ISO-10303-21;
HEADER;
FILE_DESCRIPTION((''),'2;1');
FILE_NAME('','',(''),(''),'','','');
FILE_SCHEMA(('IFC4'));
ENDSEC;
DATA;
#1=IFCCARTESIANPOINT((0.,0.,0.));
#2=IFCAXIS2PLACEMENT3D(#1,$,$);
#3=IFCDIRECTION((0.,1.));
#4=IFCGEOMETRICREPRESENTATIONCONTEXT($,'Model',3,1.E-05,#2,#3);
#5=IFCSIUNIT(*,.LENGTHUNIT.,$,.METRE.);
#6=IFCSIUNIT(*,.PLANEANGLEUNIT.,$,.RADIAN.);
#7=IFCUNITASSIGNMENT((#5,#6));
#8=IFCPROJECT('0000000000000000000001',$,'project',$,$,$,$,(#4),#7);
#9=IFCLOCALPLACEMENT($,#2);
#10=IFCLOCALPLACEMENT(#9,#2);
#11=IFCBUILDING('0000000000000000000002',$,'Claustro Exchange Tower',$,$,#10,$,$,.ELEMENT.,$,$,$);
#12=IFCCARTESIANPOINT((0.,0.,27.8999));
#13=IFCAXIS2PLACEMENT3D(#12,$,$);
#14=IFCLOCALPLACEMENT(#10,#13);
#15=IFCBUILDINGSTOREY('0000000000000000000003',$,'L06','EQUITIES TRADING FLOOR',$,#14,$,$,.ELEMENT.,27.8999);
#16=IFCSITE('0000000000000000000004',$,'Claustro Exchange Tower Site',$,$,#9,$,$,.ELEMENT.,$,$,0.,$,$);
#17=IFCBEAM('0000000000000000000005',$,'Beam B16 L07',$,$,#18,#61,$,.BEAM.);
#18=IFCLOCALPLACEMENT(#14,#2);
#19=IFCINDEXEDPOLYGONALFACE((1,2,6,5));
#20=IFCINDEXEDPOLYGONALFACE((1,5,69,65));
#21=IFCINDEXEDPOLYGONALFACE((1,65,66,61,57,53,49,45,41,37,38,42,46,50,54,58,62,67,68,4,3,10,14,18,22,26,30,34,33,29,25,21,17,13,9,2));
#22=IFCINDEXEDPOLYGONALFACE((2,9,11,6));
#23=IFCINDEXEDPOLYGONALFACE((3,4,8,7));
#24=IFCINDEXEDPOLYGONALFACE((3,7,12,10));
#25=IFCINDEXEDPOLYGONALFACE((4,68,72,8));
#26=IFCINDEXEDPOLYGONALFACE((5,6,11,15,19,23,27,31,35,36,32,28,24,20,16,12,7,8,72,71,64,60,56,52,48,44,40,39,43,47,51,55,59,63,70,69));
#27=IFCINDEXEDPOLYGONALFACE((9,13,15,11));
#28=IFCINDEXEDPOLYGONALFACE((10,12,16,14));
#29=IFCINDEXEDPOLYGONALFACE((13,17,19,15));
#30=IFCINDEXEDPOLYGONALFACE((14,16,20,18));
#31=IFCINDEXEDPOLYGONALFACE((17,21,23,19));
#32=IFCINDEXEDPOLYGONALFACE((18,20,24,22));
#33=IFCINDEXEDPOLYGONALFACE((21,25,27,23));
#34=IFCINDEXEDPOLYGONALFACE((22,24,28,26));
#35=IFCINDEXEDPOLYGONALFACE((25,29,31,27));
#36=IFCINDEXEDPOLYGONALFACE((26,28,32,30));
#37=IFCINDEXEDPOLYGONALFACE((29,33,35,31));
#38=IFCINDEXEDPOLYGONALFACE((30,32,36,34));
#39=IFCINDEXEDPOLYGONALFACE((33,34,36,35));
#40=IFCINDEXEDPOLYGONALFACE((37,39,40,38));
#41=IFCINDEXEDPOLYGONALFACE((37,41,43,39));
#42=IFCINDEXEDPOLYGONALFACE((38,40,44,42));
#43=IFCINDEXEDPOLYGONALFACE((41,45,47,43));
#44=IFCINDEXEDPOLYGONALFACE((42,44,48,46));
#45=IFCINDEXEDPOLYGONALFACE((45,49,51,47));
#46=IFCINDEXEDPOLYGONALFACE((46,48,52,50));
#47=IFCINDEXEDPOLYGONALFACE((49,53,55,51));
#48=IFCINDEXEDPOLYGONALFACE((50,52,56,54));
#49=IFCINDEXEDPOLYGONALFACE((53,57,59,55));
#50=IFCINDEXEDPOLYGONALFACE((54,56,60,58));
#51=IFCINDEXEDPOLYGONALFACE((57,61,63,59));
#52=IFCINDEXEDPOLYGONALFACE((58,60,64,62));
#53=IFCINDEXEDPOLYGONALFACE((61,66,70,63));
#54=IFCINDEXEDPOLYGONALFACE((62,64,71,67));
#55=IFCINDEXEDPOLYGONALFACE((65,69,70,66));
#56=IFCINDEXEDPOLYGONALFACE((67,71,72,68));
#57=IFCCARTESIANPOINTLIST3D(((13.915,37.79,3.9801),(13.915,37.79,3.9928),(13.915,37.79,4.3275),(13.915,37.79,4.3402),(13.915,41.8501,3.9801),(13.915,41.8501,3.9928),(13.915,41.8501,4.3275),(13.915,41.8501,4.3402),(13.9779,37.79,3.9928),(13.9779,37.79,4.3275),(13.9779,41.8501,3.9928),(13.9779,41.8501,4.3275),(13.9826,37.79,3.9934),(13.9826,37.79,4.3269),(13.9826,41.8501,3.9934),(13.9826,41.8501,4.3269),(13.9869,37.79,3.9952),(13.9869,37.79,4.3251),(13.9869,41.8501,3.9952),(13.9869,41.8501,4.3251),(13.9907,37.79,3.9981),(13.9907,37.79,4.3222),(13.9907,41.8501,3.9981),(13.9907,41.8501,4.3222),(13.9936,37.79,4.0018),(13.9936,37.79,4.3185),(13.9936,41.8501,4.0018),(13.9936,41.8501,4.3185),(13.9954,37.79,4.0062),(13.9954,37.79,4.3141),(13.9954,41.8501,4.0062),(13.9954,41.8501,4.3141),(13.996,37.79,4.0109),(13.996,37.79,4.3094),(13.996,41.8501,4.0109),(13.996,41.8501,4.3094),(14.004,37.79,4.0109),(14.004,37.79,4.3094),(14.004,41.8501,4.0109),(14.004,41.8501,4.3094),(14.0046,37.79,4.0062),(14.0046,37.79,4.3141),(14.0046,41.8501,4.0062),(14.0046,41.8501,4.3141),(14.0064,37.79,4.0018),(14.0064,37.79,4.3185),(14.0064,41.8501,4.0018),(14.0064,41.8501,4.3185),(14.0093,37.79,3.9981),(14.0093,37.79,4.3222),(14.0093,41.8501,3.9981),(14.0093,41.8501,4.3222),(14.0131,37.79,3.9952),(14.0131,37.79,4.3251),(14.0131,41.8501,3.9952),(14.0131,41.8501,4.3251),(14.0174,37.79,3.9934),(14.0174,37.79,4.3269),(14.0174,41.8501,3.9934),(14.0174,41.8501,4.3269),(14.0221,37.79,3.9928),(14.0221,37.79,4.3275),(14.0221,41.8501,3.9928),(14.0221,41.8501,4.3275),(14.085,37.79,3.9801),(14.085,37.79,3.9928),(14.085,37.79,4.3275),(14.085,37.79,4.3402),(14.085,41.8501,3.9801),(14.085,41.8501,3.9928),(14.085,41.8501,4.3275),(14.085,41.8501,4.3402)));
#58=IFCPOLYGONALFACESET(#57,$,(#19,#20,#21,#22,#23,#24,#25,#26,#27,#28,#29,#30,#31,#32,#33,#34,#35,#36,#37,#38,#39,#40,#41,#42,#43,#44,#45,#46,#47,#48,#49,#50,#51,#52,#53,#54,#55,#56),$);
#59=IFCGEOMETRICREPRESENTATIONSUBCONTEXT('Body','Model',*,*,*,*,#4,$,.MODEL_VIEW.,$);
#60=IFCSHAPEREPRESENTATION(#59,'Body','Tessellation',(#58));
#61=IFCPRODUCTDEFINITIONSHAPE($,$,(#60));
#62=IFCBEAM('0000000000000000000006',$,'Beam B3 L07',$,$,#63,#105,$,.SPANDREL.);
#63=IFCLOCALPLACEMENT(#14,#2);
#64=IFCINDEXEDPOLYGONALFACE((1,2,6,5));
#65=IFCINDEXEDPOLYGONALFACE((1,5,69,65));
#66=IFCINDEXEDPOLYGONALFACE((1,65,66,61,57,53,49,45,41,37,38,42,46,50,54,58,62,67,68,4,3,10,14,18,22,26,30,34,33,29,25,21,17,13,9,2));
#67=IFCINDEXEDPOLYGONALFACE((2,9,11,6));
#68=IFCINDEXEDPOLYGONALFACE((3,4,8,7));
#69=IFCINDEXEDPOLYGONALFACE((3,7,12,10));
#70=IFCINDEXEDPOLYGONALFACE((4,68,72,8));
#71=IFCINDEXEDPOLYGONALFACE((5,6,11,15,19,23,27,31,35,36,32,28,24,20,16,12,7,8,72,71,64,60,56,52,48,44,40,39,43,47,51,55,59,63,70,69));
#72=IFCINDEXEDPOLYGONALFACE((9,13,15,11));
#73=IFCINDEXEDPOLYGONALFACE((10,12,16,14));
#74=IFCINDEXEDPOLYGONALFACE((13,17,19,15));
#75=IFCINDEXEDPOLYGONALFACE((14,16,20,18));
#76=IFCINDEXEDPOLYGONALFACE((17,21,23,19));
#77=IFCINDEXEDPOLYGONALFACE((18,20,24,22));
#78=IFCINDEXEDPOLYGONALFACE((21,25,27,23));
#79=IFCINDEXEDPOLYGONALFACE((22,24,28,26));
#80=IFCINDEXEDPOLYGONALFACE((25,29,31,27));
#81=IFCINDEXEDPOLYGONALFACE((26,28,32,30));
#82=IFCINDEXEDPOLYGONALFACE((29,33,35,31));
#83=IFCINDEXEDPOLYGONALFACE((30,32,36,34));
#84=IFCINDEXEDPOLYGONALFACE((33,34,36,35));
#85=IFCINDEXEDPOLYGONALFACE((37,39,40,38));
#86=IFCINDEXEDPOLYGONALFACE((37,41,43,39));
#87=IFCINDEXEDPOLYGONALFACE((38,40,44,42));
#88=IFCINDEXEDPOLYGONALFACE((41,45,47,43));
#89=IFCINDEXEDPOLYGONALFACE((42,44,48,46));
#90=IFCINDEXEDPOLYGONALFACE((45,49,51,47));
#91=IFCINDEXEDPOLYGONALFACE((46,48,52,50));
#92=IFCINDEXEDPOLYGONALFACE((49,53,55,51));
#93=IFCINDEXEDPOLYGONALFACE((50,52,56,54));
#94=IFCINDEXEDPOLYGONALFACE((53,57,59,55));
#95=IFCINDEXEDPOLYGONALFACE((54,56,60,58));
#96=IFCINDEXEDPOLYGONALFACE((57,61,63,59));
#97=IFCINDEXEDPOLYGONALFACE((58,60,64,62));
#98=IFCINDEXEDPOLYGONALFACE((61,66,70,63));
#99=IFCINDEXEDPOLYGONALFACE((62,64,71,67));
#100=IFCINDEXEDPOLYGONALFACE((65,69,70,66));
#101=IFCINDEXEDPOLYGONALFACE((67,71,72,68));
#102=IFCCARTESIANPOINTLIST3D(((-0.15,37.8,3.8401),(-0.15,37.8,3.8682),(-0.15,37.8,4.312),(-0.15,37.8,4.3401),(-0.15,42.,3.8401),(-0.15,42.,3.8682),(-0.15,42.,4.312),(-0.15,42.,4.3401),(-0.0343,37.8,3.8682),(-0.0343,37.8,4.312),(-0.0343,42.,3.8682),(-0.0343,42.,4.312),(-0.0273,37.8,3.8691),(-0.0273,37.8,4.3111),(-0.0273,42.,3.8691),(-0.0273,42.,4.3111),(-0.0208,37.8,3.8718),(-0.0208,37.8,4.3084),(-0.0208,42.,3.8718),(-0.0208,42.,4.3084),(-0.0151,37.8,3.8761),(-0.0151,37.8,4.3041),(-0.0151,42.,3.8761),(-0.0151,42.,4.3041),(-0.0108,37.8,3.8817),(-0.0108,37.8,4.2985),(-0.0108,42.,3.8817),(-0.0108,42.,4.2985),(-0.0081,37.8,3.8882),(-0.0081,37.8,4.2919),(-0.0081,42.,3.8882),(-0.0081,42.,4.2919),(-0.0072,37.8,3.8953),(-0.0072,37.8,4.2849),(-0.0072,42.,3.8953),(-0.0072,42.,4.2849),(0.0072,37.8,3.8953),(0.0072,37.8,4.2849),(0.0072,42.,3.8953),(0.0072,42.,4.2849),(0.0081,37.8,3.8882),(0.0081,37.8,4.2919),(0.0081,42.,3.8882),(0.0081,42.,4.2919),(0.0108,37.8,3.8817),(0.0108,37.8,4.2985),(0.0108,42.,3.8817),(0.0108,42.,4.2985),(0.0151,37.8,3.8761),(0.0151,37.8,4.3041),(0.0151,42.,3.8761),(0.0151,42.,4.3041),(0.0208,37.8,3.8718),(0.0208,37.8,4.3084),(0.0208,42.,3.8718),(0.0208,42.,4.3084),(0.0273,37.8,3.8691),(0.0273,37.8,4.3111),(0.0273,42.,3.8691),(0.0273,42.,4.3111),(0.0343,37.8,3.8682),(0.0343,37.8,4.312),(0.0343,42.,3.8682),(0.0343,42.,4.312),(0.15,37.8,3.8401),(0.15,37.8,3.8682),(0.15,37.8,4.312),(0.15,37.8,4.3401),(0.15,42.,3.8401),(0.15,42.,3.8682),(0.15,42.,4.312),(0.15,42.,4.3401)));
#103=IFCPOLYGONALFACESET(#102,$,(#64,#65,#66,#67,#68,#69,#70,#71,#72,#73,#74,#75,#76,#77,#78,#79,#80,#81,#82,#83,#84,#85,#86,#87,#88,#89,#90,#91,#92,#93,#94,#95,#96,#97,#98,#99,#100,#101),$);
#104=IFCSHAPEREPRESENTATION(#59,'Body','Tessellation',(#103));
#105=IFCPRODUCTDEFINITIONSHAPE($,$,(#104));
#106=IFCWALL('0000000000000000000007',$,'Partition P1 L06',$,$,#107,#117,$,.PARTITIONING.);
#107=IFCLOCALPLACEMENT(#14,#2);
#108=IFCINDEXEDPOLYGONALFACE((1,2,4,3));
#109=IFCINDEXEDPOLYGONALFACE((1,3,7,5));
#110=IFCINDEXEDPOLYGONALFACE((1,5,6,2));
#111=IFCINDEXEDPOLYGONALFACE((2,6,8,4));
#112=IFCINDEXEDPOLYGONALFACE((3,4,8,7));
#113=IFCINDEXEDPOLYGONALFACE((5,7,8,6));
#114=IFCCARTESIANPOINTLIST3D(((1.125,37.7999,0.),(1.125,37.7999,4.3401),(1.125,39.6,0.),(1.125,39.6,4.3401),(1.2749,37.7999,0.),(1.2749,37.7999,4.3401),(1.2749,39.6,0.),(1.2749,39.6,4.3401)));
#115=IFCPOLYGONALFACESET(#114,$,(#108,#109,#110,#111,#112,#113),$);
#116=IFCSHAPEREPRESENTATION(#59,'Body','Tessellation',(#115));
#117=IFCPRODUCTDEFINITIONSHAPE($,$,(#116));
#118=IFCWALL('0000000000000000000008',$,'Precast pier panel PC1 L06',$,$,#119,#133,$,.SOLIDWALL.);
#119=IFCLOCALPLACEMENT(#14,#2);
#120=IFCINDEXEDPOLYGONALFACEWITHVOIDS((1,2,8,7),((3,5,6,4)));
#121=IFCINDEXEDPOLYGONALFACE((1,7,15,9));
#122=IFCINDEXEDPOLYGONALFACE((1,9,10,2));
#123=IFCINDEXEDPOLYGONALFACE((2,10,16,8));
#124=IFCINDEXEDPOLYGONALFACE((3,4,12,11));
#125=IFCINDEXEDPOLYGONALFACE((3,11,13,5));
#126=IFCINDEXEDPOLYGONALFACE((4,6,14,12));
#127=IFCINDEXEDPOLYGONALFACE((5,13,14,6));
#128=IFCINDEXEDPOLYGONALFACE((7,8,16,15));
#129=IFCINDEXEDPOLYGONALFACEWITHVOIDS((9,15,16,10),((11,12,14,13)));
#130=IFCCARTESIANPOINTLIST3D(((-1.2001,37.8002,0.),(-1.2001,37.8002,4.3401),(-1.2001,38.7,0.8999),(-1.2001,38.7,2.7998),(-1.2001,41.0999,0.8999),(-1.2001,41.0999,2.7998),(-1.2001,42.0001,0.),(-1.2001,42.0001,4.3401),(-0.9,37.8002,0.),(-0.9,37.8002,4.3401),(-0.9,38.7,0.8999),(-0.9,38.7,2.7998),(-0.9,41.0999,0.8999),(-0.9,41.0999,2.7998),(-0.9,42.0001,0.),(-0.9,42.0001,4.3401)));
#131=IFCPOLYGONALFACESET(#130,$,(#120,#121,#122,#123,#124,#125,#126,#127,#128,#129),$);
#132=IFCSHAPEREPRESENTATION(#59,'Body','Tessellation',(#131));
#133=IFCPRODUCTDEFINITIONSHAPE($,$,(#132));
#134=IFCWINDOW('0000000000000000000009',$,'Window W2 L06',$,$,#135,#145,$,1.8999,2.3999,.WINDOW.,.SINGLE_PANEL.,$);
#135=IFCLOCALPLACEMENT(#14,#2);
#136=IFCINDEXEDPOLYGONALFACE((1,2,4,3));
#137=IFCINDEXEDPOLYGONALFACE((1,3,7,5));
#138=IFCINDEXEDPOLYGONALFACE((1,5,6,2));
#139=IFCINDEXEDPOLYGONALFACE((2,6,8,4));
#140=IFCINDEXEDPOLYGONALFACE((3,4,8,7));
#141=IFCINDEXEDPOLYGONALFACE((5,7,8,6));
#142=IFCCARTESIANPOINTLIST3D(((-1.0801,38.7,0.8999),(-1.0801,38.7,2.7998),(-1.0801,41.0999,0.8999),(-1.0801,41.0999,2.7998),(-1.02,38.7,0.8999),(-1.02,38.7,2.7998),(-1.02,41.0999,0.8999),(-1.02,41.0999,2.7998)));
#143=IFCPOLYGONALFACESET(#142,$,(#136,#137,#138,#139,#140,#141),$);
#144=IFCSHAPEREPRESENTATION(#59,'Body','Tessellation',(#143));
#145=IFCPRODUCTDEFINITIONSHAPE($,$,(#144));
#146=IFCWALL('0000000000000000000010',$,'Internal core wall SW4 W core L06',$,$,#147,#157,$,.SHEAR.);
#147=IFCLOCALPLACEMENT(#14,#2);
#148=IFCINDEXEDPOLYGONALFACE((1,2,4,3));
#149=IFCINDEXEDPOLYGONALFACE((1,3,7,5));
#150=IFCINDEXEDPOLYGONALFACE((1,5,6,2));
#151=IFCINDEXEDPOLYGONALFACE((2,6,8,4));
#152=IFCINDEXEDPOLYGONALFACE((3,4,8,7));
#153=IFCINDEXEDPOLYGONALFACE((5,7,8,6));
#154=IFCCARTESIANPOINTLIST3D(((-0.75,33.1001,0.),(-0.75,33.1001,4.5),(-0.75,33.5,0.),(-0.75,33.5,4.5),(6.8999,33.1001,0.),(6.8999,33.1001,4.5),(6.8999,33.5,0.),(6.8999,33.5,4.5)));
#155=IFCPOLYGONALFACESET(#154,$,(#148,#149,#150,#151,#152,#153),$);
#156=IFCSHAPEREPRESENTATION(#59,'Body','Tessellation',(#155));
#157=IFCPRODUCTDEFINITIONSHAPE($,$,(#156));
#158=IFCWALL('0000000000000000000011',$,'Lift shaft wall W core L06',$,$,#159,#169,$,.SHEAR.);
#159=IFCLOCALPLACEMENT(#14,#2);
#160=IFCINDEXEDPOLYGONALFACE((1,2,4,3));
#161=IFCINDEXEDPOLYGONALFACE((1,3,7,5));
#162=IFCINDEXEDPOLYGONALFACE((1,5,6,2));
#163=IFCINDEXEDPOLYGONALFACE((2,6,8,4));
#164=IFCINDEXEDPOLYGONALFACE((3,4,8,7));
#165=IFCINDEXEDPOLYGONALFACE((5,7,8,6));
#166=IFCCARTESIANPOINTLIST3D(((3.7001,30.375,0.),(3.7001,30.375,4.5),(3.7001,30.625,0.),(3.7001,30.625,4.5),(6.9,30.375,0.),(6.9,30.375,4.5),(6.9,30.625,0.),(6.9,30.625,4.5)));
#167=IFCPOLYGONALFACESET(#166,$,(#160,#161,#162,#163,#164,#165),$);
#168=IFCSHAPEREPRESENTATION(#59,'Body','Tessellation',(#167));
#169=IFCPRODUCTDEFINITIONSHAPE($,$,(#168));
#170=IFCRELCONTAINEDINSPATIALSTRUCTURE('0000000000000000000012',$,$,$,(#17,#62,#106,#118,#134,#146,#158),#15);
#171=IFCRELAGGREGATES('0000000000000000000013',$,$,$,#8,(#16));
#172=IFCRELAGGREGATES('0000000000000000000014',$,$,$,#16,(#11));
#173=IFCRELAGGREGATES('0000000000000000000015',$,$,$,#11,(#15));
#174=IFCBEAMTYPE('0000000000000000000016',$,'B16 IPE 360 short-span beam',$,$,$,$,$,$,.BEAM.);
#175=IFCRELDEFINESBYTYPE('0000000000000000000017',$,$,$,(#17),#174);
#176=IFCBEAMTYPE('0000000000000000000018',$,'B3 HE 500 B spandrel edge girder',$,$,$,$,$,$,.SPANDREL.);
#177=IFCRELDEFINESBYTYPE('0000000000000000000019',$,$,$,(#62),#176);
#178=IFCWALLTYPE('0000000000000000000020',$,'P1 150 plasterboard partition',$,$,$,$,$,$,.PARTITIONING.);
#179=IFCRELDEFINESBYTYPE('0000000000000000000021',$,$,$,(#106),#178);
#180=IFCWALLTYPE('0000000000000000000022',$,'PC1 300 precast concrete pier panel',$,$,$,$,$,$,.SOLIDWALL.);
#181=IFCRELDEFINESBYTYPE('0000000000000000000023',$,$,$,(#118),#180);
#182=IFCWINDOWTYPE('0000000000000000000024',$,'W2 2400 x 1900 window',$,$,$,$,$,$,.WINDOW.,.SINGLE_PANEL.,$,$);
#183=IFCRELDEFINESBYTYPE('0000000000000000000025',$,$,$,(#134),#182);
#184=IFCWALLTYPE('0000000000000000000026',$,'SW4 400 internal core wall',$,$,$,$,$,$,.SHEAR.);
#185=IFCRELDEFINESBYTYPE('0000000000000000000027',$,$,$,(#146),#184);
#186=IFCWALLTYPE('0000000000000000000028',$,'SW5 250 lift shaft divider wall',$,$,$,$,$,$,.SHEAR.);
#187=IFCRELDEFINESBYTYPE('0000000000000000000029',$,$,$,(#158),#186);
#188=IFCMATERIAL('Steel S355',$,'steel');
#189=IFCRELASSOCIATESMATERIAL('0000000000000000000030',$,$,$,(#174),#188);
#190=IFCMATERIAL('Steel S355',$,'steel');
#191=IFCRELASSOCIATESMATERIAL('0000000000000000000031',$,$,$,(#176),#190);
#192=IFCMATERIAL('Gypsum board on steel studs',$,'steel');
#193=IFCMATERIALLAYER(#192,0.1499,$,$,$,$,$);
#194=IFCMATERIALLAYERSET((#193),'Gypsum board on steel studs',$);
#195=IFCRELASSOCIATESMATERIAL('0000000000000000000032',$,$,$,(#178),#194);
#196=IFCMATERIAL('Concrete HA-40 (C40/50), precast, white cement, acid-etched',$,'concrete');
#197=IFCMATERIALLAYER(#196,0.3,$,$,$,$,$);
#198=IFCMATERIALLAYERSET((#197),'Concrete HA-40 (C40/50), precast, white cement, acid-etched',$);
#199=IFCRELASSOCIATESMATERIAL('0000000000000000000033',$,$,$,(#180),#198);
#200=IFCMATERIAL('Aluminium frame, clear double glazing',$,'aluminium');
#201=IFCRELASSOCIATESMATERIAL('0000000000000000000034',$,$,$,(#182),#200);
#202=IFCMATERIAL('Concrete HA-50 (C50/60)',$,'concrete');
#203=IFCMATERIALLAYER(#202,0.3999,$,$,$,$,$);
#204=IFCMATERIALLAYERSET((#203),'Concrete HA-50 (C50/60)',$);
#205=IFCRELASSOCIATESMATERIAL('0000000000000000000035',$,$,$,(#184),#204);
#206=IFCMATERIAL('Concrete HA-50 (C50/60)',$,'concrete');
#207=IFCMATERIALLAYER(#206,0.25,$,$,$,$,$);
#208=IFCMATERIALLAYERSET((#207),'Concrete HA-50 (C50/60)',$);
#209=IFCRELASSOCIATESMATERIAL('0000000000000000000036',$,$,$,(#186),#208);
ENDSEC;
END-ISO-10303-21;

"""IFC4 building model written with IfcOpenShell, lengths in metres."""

from ifc_helpers import new_model, si_unit, direction, frame, frame_2d, origin, origin_2d, place, context, subcontext, project, spatial, rectangle, i_section, extrude, material, layer, layer_set, material_profile, profile_set, type_object, element, fill, save


model = new_model("IFC4")

# Units and contexts
model_context = context("Model", 3, precision=1e-05, world=origin(), true_north=direction((0.0, 1.0)))
body_context = subcontext(model_context, "Body", "Model", "MODEL_VIEW")
ifc_project = project(units=[si_unit("LENGTHUNIT", "METRE"), si_unit("PLANEANGLEUNIT", "RADIAN")], contexts=[model_context])

# Site, building, storey
site_placement = place(None, origin())
site = spatial("IfcSite", under=ifc_project, at=site_placement, Name="Claustro Exchange Tower Site", CompositionType="ELEMENT", RefElevation=0.0)
building_placement = place(site_placement, origin())
building = spatial("IfcBuilding", under=site, at=building_placement, Name="Claustro Exchange Tower", CompositionType="ELEMENT")
storey_placement = place(building_placement, frame((0.0, 0.0, 27.8999)))
storey = spatial("IfcBuildingStorey", under=building, at=storey_placement, Name="L06", Description="EQUITIES TRADING FLOOR", CompositionType="ELEMENT", Elevation=27.8999)

# Beams
ifc_material_1 = material(Name="Steel S355", Category="steel")
ifc_material_profile_1 = material_profile(ifc_material_1, i_section(OverallWidth=0.1699, OverallDepth=0.3601, WebThickness=0.0081, FlangeThickness=0.0127, FilletRadius=0.0181, at=origin_2d()), Name="IPE 360")
ifc_profile_set_1 = profile_set([ifc_material_profile_1], Name="Steel S355")
beam_type_1 = type_object("IfcBeamType", Name="B16 IPE 360 short-span beam", PredefinedType="BEAM", material=ifc_profile_set_1)
for number, where, z_axis, x_axis, name in (
    (1, (14.0, 37.79, 4.1602), (0.0, 1.0, 0.0), (-1.0, 0.0, 0.0), "Beam B16 L07"),
):
    element("IfcBeam", number, at=place(storey_placement, frame(where, z_axis=z_axis, x_axis=x_axis)), inside=storey, type_object=beam_type_1, Name=name, PredefinedType="BEAM", context=body_context, shape_type="SweptSolid", body=[
        extrude(i_section(OverallWidth=0.1699, OverallDepth=0.3601, WebThickness=0.0081, FlangeThickness=0.0127, FilletRadius=0.0181, at=origin_2d()), origin(), (0.0, 0.0, 1.0), 4.0601),
    ])
ifc_material_2 = material(Name="Steel S355", Category="steel")
ifc_material_profile_2 = material_profile(ifc_material_2, i_section(OverallWidth=0.3, OverallDepth=0.5, WebThickness=0.0144, FlangeThickness=0.0281, FilletRadius=0.0271, at=origin_2d()), Name="HE 500 B")
ifc_profile_set_2 = profile_set([ifc_material_profile_2], Name="Steel S355")
beam_type_2 = type_object("IfcBeamType", Name="B3 HE 500 B spandrel edge girder", PredefinedType="SPANDREL", material=ifc_profile_set_2)
beam_1_placement = place(storey_placement, frame((0.0, 37.8, 4.0901), z_axis=(0.0, 1.0, 0.0), x_axis=(-1.0, 0.0, 0.0)))
element("IfcBeam", 2, at=beam_1_placement, inside=storey, type_object=beam_type_2, Name="Beam B3 L07", PredefinedType="SPANDREL", context=body_context, shape_type="SweptSolid", body=[
    extrude(i_section(OverallWidth=0.3, OverallDepth=0.5, WebThickness=0.0144, FlangeThickness=0.0281, FilletRadius=0.0271, at=origin_2d()), origin(), (0.0, 0.0, 1.0), 4.2),
])

# Wall
ifc_material_3 = material(Name="Gypsum board on steel studs", Category="steel")
ifc_layer_1 = layer(ifc_material_3, 0.1499)
ifc_layer_set_1 = layer_set([ifc_layer_1], Name="Gypsum board on steel studs")
wall_type_1 = type_object("IfcWallType", Name="P1 150 plasterboard partition", PredefinedType="PARTITIONING", material=ifc_layer_set_1)
wall_1_placement = place(storey_placement, frame((1.2, 37.8, 0.0), z_axis=(0.0, 0.0, 1.0), x_axis=(0.0, 1.0, 0.0)))
element("IfcWall", 3, at=wall_1_placement, inside=storey, type_object=wall_type_1, Name="Partition P1 L06", PredefinedType="PARTITIONING", context=body_context, shape_type="SweptSolid", body=[
    extrude(rectangle(XDim=1.8, YDim=0.1499, at=frame_2d((0.8999, 0.0))), origin(), (0.0, 0.0, 1.0), 4.3401),
])

# Wall, opening, window
ifc_material_4 = material(Name="Concrete HA-40 (C40/50), precast, white cement, acid-etched", Category="concrete")
ifc_layer_2 = layer(ifc_material_4, 0.3)
ifc_layer_set_2 = layer_set([ifc_layer_2], Name="Concrete HA-40 (C40/50), precast, white cement, acid-etched")
wall_type_2 = type_object("IfcWallType", Name="PC1 300 precast concrete pier panel", PredefinedType="SOLIDWALL", material=ifc_layer_set_2)
wall_2_placement = place(storey_placement, frame((-1.05, 37.8, 0.0), z_axis=(0.0, 0.0, 1.0), x_axis=(0.0, 1.0, 0.0)))
wall_2 = element("IfcWall", 4, at=wall_2_placement, inside=storey, type_object=wall_type_2, Name="Precast pier panel PC1 L06", PredefinedType="SOLIDWALL", context=body_context, shape_type="SweptSolid", body=[
    extrude(rectangle(XDim=4.2, YDim=0.3, at=frame_2d((2.1001, 0.0))), origin(), (0.0, 0.0, 1.0), 4.3401),
])
opening_1_placement = place(wall_2_placement, frame((0.8999, 0.0, 0.8999)))
opening_1 = element("IfcOpeningElement", 5, at=opening_1_placement, cuts=wall_2, PredefinedType="OPENING", context=body_context, shape_type="SweptSolid", body=[
    extrude(rectangle(XDim=2.3999, YDim=1.8999, at=frame_2d((1.2, 0.95))), frame((0.0, 0.1599, 0.0), z_axis=(0.0, -1.0, 0.0), x_axis=(1.0, 0.0, 0.0)), (0.0, 0.0, 1.0), 0.3201),
])
ifc_material_5 = material(Name="Aluminium frame, clear double glazing", Category="aluminium")
window_type = type_object("IfcWindowType", Name="W2 2400 x 1900 window", PartitioningType="SINGLE_PANEL", PredefinedType="WINDOW", material=ifc_material_5)
window_placement = place(opening_1_placement, origin())
window = element("IfcWindow", 6, at=window_placement, inside=storey, type_object=window_type, Name="Window W2 L06", OverallHeight=1.8999, OverallWidth=2.3999, PartitioningType="SINGLE_PANEL", PredefinedType="WINDOW", context=body_context, shape_type="SweptSolid", body=[
    extrude(rectangle(XDim=2.3999, YDim=1.8999, at=frame_2d((1.2, 0.95))), frame((0.0, 0.03, 0.0), z_axis=(0.0, -1.0, 0.0), x_axis=(1.0, 0.0, 0.0)), (0.0, 0.0, 1.0), 0.0601),
])
fill(opening_1, window)

# Walls
ifc_material_6 = material(Name="Concrete HA-50 (C50/60)", Category="concrete")
ifc_layer_3 = layer(ifc_material_6, 0.3999)
ifc_layer_set_3 = layer_set([ifc_layer_3], Name="Concrete HA-50 (C50/60)")
wall_type_3 = type_object("IfcWallType", Name="SW4 400 internal core wall", PredefinedType="SHEAR", material=ifc_layer_set_3)
wall_3_placement = place(storey_placement, frame((-0.75, 33.3, 0.0), z_axis=(0.0, 0.0, 1.0), x_axis=(1.0, 0.0, 0.0)))
element("IfcWall", 7, at=wall_3_placement, inside=storey, type_object=wall_type_3, Name="Internal core wall SW4 W core L06", PredefinedType="SHEAR", context=body_context, shape_type="SweptSolid", body=[
    extrude(rectangle(XDim=7.6499, YDim=0.3999, at=frame_2d((3.825, 0.0))), origin(), (0.0, 0.0, 1.0), 4.5),
])
ifc_material_7 = material(Name="Concrete HA-50 (C50/60)", Category="concrete")
ifc_layer_4 = layer(ifc_material_7, 0.25)
ifc_layer_set_4 = layer_set([ifc_layer_4], Name="Concrete HA-50 (C50/60)")
wall_type_4 = type_object("IfcWallType", Name="SW5 250 lift shaft divider wall", PredefinedType="SHEAR", material=ifc_layer_set_4)
wall_4_placement = place(storey_placement, frame((3.7, 30.5, 0.0), z_axis=(0.0, 0.0, 1.0), x_axis=(1.0, 0.0, 0.0)))
element("IfcWall", 8, at=wall_4_placement, inside=storey, type_object=wall_type_4, Name="Lift shaft wall W core L06", PredefinedType="SHEAR", context=body_context, shape_type="SweptSolid", body=[
    extrude(rectangle(XDim=3.2, YDim=0.25, at=frame_2d((1.6001, 0.0))), origin(), (0.0, 0.0, 1.0), 4.5),
])

save(model, "model.ifc")
